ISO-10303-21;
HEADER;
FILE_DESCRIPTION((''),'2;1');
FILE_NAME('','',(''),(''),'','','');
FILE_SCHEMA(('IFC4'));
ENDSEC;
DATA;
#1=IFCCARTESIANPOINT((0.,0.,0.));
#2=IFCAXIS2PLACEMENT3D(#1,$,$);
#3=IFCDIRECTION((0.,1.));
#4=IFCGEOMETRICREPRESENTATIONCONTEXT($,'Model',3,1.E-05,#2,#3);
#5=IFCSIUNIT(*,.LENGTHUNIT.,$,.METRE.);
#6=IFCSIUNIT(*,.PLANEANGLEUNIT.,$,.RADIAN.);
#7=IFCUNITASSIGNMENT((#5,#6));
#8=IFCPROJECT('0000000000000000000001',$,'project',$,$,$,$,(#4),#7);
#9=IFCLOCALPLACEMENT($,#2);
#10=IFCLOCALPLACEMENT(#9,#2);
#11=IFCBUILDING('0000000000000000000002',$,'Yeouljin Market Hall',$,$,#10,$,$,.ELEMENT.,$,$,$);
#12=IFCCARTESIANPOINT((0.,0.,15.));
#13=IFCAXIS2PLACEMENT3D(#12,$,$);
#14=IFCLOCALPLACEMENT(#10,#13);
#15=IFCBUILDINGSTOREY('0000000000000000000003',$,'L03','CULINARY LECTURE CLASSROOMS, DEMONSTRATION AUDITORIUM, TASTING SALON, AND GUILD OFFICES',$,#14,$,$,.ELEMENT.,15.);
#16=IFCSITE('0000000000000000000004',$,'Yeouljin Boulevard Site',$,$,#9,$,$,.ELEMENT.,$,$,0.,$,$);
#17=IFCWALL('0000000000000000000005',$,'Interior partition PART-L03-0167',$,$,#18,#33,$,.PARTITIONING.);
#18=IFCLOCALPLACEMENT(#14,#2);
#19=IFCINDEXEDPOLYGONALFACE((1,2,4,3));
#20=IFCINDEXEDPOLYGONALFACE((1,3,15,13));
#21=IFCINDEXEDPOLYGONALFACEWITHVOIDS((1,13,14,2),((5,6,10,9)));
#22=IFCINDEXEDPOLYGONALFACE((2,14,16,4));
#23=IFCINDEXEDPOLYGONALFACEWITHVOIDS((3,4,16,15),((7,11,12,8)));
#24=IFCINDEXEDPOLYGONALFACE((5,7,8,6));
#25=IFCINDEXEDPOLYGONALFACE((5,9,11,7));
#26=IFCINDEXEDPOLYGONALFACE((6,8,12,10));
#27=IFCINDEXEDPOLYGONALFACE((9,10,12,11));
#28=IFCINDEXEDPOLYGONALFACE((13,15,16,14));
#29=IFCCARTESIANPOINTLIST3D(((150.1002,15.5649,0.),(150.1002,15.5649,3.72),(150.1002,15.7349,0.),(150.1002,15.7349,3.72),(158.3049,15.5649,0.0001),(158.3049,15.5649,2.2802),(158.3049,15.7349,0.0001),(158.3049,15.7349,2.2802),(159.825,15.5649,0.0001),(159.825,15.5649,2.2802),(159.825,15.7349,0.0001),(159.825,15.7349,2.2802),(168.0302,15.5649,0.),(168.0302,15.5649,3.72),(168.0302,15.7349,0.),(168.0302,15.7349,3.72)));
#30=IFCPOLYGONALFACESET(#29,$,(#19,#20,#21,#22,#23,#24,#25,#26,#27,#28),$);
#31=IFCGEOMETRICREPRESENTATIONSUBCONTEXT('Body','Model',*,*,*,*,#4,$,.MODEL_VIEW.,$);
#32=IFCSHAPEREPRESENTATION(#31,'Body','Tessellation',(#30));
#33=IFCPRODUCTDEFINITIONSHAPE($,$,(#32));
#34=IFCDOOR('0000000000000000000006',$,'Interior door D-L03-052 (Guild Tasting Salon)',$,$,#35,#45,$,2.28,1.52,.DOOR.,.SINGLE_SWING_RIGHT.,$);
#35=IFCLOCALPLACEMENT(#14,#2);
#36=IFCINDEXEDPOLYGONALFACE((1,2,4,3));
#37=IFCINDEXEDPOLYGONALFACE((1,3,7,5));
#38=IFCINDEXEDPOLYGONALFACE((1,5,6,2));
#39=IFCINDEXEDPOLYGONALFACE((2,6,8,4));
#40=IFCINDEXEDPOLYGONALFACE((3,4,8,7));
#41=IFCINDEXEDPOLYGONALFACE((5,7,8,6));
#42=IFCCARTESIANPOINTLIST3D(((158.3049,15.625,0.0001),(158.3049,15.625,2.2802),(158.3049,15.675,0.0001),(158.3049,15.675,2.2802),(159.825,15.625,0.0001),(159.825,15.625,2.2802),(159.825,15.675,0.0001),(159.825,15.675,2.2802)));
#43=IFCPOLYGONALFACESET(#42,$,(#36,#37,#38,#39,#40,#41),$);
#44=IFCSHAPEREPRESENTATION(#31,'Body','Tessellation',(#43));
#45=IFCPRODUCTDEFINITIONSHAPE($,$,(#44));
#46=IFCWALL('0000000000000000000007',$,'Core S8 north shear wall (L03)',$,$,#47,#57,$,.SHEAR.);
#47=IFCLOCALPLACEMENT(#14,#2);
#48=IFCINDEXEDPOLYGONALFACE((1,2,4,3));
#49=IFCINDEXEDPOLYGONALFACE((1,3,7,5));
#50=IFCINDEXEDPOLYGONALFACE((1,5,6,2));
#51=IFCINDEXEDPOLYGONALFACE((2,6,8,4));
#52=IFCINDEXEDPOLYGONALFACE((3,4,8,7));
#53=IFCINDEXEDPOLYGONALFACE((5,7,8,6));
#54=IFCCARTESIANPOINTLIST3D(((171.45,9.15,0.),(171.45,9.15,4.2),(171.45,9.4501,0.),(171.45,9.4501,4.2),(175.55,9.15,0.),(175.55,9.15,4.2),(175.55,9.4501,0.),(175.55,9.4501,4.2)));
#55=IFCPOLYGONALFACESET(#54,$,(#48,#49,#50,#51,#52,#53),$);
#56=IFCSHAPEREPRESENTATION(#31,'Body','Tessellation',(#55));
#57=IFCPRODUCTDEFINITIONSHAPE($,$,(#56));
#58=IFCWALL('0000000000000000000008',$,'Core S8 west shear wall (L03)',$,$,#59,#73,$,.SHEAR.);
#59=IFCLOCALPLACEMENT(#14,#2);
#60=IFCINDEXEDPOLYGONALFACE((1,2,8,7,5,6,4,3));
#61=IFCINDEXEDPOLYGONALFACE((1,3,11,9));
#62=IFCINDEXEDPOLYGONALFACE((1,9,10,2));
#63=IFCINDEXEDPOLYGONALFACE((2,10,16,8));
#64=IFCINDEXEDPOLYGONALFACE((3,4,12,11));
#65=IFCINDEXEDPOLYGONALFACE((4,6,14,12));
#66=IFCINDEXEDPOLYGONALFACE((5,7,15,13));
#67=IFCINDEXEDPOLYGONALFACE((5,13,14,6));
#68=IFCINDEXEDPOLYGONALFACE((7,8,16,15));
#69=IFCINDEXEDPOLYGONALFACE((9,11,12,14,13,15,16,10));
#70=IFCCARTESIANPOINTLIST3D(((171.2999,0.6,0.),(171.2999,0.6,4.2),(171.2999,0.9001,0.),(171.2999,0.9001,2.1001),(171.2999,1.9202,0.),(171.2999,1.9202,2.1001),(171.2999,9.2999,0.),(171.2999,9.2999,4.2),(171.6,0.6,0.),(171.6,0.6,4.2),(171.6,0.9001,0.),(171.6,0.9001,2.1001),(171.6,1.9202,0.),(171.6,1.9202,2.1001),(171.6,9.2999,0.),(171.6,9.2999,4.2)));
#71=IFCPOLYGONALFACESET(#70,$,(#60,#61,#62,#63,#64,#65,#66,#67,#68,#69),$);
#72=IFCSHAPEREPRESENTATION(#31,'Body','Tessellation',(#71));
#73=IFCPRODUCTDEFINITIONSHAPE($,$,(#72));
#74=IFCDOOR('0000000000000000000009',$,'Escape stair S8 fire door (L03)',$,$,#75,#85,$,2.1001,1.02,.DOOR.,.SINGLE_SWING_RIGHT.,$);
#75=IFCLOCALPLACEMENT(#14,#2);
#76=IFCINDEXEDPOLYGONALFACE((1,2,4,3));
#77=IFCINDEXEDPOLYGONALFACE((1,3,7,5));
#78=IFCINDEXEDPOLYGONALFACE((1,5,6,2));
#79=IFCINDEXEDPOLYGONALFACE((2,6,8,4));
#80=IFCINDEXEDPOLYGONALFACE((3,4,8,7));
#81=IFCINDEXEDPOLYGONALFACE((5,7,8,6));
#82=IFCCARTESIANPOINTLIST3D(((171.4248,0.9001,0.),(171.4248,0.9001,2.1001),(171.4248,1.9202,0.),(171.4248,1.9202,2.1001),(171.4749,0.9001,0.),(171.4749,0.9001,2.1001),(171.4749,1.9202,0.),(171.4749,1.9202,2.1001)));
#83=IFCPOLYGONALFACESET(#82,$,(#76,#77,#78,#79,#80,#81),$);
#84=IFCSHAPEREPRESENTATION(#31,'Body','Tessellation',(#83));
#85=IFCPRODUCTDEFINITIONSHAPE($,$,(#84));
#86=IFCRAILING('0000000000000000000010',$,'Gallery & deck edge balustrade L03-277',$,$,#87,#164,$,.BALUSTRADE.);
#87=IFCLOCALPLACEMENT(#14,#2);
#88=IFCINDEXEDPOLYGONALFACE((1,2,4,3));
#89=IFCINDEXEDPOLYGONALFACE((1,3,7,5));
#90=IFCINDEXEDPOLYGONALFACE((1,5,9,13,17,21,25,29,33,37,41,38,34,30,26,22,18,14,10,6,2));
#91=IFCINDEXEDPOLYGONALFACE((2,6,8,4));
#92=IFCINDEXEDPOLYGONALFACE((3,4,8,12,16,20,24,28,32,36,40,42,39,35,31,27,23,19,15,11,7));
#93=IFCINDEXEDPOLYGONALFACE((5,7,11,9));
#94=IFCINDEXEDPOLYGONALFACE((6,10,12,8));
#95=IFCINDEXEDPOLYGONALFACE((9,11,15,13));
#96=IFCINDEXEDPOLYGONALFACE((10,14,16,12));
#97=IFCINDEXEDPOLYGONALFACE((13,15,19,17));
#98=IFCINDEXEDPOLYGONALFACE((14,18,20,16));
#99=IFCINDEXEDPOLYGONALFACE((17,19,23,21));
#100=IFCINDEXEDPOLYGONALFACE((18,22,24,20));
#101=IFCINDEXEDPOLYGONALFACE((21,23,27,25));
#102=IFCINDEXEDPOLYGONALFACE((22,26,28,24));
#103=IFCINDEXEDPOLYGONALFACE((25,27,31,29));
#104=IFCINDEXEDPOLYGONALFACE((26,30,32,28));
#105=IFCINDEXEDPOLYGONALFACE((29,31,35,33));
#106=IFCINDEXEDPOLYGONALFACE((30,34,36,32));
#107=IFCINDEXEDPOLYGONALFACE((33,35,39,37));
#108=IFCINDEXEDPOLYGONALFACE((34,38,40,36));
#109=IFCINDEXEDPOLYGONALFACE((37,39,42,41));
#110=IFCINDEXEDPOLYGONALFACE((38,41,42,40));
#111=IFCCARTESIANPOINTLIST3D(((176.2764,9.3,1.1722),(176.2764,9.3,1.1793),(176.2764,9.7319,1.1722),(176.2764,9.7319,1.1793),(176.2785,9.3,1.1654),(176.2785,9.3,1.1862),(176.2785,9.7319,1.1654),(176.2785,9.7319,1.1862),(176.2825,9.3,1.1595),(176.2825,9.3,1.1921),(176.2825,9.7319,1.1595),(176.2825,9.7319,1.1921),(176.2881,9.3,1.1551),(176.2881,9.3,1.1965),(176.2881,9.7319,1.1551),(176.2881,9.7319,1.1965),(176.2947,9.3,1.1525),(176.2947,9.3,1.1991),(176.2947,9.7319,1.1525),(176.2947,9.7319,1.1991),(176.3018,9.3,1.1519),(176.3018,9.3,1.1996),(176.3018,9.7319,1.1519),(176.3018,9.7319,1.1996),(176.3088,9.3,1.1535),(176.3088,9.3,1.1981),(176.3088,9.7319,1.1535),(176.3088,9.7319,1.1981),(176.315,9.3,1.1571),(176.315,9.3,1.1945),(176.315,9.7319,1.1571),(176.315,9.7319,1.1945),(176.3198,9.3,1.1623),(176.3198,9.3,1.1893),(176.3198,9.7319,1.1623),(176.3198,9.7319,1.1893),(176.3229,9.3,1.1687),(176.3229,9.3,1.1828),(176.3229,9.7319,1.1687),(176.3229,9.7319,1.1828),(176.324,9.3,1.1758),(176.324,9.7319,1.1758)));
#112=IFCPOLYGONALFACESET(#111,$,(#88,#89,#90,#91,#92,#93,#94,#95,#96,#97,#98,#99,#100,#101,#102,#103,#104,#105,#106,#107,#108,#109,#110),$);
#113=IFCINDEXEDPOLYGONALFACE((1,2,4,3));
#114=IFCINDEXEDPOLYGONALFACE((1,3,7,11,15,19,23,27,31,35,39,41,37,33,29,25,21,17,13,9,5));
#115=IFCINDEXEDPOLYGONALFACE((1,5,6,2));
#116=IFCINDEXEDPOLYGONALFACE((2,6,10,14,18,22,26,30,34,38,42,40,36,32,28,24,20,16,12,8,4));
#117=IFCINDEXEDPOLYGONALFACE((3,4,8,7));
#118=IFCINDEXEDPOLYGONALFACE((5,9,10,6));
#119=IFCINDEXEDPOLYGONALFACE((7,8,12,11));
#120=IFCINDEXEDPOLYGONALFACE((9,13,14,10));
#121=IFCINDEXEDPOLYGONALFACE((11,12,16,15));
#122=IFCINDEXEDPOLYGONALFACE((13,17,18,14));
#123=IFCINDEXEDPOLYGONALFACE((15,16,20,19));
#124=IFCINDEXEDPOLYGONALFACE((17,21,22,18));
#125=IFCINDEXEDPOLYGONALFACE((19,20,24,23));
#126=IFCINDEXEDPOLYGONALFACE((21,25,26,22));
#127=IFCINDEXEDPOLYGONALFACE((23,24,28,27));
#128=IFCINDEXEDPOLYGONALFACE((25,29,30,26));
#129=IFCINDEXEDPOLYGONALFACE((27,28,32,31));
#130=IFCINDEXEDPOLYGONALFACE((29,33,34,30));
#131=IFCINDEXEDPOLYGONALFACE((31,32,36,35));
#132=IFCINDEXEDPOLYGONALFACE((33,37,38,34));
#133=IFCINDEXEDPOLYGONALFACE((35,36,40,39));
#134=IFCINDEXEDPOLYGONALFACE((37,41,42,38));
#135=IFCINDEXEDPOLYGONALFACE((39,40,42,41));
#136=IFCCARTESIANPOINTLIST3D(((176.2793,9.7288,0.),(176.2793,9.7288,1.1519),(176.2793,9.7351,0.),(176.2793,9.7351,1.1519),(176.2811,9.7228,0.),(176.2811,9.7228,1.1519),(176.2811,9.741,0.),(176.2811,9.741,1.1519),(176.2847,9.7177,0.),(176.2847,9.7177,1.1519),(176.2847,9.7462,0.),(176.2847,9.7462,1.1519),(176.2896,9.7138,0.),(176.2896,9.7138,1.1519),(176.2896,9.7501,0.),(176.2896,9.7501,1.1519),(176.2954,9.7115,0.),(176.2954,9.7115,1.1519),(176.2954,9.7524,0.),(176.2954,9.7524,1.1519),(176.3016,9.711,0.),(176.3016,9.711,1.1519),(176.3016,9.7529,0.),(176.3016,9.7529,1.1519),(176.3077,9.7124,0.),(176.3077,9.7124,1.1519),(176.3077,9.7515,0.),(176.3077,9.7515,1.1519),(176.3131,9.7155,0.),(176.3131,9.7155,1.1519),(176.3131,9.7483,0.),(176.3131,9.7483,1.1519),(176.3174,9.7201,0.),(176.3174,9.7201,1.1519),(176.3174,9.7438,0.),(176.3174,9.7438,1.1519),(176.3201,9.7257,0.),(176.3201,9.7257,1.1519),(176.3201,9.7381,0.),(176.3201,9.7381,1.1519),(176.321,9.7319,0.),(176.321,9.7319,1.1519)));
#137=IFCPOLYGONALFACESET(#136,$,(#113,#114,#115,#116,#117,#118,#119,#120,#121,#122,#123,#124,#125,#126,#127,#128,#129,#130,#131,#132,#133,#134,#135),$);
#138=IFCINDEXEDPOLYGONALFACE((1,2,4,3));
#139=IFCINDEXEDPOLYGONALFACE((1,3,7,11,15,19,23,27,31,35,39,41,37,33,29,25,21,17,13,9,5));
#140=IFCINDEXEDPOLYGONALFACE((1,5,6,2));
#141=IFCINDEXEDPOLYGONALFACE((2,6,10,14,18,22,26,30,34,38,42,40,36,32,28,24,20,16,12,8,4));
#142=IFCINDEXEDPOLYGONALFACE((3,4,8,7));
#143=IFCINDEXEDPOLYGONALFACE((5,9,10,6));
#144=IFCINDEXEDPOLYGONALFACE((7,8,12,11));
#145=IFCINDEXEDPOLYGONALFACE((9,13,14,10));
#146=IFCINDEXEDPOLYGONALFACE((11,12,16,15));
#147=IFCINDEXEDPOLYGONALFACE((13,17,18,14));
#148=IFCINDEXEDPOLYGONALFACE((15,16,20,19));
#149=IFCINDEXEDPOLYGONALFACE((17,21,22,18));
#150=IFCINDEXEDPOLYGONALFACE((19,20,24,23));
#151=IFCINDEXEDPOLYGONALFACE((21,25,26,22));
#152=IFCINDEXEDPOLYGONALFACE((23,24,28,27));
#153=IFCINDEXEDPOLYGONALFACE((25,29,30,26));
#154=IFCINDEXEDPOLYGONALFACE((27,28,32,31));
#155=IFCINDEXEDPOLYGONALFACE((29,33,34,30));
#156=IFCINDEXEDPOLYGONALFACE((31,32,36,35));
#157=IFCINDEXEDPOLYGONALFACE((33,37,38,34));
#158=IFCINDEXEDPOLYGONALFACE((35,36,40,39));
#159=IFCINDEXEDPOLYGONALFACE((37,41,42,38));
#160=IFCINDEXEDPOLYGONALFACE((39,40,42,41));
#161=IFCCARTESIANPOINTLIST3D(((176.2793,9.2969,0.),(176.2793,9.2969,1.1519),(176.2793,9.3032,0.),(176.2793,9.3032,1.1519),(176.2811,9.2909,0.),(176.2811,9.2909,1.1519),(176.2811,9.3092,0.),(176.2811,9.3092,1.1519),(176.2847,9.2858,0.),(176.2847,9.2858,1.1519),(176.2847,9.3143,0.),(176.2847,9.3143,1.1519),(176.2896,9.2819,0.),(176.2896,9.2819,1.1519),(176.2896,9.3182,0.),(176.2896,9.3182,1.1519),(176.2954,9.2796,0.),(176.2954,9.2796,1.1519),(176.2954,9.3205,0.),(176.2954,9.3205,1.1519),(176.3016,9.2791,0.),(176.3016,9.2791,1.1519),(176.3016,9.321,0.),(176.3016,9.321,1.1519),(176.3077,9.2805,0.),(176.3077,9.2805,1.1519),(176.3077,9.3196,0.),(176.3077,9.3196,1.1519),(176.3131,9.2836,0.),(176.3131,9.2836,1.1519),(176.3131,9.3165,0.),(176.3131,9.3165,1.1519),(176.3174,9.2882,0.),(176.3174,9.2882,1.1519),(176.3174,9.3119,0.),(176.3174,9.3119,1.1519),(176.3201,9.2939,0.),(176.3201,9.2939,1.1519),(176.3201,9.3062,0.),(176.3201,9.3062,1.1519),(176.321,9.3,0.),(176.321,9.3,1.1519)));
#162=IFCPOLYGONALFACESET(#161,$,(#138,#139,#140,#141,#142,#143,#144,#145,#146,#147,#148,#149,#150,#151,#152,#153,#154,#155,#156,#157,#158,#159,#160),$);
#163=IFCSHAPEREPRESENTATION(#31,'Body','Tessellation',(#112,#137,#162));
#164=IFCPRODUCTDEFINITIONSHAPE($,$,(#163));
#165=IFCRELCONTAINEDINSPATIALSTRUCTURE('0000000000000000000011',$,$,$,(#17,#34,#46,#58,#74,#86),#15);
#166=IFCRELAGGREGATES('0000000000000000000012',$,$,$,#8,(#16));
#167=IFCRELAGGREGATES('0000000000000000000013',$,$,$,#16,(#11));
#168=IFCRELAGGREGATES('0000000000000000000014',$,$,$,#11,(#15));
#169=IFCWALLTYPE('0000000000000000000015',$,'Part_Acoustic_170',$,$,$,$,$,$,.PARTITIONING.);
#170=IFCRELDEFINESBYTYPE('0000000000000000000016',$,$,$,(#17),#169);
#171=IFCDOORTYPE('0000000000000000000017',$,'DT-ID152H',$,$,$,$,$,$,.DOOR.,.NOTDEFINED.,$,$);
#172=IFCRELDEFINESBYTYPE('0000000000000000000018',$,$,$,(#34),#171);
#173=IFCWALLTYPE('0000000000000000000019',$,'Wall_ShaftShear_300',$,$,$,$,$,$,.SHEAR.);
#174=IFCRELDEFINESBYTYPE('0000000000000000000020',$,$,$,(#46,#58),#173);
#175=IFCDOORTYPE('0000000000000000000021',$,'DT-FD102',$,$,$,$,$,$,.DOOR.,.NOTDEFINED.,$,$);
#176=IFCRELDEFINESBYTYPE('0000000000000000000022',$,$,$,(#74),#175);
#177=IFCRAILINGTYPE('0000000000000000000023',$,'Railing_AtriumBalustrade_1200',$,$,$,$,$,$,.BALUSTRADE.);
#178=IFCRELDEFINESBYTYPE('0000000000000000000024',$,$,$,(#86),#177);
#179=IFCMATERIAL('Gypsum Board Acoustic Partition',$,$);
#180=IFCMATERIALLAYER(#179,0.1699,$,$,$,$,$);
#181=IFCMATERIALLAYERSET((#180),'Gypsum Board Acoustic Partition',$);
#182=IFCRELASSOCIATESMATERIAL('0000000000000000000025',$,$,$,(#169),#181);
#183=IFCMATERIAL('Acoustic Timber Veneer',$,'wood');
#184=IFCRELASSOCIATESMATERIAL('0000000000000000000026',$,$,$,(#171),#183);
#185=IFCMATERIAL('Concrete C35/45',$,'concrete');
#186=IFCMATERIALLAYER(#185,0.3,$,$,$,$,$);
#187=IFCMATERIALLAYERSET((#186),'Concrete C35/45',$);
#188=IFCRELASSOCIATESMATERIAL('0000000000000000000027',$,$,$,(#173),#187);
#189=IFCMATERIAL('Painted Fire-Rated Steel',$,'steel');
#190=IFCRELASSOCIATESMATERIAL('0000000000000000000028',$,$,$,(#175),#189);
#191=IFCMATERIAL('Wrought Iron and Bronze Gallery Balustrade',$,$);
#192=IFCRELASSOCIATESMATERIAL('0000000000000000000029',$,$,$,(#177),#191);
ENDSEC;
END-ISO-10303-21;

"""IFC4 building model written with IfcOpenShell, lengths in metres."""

from ifc_helpers import new_model, si_unit, direction, frame, frame_2d, origin, origin_2d, place, context, subcontext, project, spatial, rectangle, circle, extrude, material, layer, layer_set, type_object, element, fill, save


model = new_model("IFC4")

# Units and contexts
model_context = context("Model", 3, precision=1e-05, world=origin(), true_north=direction((0.0, 1.0)))
body_context = subcontext(model_context, "Body", "Model", "MODEL_VIEW")
ifc_project = project(units=[si_unit("LENGTHUNIT", "METRE"), si_unit("PLANEANGLEUNIT", "RADIAN")], contexts=[model_context])

# Site, building, storey
site_placement = place(None, origin())
site = spatial("IfcSite", under=ifc_project, at=site_placement, Name="Yeouljin Boulevard Site", CompositionType="ELEMENT", RefElevation=0.0)
building_placement = place(site_placement, origin())
building = spatial("IfcBuilding", under=site, at=building_placement, Name="Yeouljin Market Hall", CompositionType="ELEMENT")
storey_placement = place(building_placement, frame((0.0, 0.0, 15.0)))
storey = spatial("IfcBuildingStorey", under=building, at=storey_placement, Name="L03", Description="CULINARY LECTURE CLASSROOMS, DEMONSTRATION AUDITORIUM, TASTING SALON, AND GUILD OFFICES", CompositionType="ELEMENT", Elevation=15.0)

# Wall, opening, door
ifc_material_1 = material(Name="Gypsum Board Acoustic Partition")
ifc_layer_1 = layer(ifc_material_1, 0.1699)
ifc_layer_set_1 = layer_set([ifc_layer_1], Name="Gypsum Board Acoustic Partition")
wall_type_1 = type_object("IfcWallType", Name="Part_Acoustic_170", PredefinedType="PARTITIONING", material=ifc_layer_set_1)
wall_1_placement = place(storey_placement, frame((168.03, 15.6499, 0.0), z_axis=(0.0, 0.0, 1.0), x_axis=(-1.0, 0.0, 0.0)))
wall_1 = element("IfcWall", 1, at=wall_1_placement, inside=storey, type_object=wall_type_1, Name="Interior partition PART-L03-0167", PredefinedType="PARTITIONING", context=body_context, shape_type="SweptSolid", body=[
    extrude(rectangle(XDim=17.9299, YDim=0.1699, at=frame_2d((8.9648, 0.0))), origin(), (0.0, 0.0, 1.0), 3.72),
])
opening_1_placement = place(wall_1_placement, frame((8.2051, 0.0, 0.0)))
opening_1 = element("IfcOpeningElement", 2, at=opening_1_placement, cuts=wall_1, PredefinedType="OPENING", context=body_context, shape_type="SweptSolid", body=[
    extrude(rectangle(XDim=1.52, YDim=2.28, at=frame_2d((0.76, 1.1401))), frame((0.0, 0.095, 0.0), z_axis=(0.0, -1.0, 0.0), x_axis=(1.0, 0.0, 0.0)), (0.0, 0.0, 1.0), 0.1899),
])
ifc_material_2 = material(Name="Acoustic Timber Veneer", Category="wood")
door_type_1 = type_object("IfcDoorType", Name="DT-ID152H", OperationType="NOTDEFINED", PredefinedType="DOOR", material=ifc_material_2)
door_1_placement = place(opening_1_placement, origin())
door_1 = element("IfcDoor", 3, at=door_1_placement, inside=storey, type_object=door_type_1, Name="Interior door D-L03-052 (Guild Tasting Salon)", OperationType="SINGLE_SWING_RIGHT", OverallHeight=2.28, OverallWidth=1.52, PredefinedType="DOOR", context=body_context, shape_type="SweptSolid", body=[
    extrude(rectangle(XDim=1.52, YDim=2.28, at=frame_2d((0.76, 1.1401))), frame((0.0, 0.0249, 0.0), z_axis=(0.0, -1.0, 0.0), x_axis=(1.0, 0.0, 0.0)), (0.0, 0.0, 1.0), 0.05),
])
fill(opening_1, door_1)

# Wall
ifc_material_3 = material(Name="Concrete C35/45", Category="concrete")
ifc_layer_2 = layer(ifc_material_3, 0.3)
ifc_layer_set_2 = layer_set([ifc_layer_2], Name="Concrete C35/45")
wall_type_2 = type_object("IfcWallType", Name="Wall_ShaftShear_300", PredefinedType="SHEAR", material=ifc_layer_set_2)
wall_2_placement = place(storey_placement, frame((175.55, 9.3, 0.0), z_axis=(0.0, 0.0, 1.0), x_axis=(-1.0, 0.0, 0.0)))
element("IfcWall", 4, at=wall_2_placement, inside=storey, type_object=wall_type_2, Name="Core S8 north shear wall (L03)", PredefinedType="SHEAR", context=body_context, shape_type="SweptSolid", body=[
    extrude(rectangle(XDim=4.1001, YDim=0.3, at=frame_2d((2.05, 0.0))), origin(), (0.0, 0.0, 1.0), 4.2),
])

# Wall, opening, door
wall_3_placement = place(storey_placement, frame((171.45, 9.3, 0.0), z_axis=(0.0, 0.0, 1.0), x_axis=(0.0, -1.0, 0.0)))
wall_3 = element("IfcWall", 5, at=wall_3_placement, inside=storey, type_object=wall_type_2, Name="Core S8 west shear wall (L03)", PredefinedType="SHEAR", context=body_context, shape_type="SweptSolid", body=[
    extrude(rectangle(XDim=8.7, YDim=0.3, at=frame_2d((4.3501, 0.0))), origin(), (0.0, 0.0, 1.0), 4.2),
])
opening_2_placement = place(wall_3_placement, frame((7.3799, 0.0, 0.0)))
opening_2 = element("IfcOpeningElement", 6, at=opening_2_placement, cuts=wall_3, PredefinedType="OPENING", context=body_context, shape_type="SweptSolid", body=[
    extrude(rectangle(XDim=1.02, YDim=2.1001, at=frame_2d((0.51, 1.05))), frame((0.0, 0.1599, 0.0), z_axis=(0.0, -1.0, 0.0), x_axis=(1.0, 0.0, 0.0)), (0.0, 0.0, 1.0), 0.3201),
])
ifc_material_4 = material(Name="Painted Fire-Rated Steel", Category="steel")
door_type_2 = type_object("IfcDoorType", Name="DT-FD102", OperationType="NOTDEFINED", PredefinedType="DOOR", material=ifc_material_4)
door_2_placement = place(opening_2_placement, origin())
door_2 = element("IfcDoor", 7, at=door_2_placement, inside=storey, type_object=door_type_2, Name="Escape stair S8 fire door (L03)", OperationType="SINGLE_SWING_RIGHT", OverallHeight=2.1001, OverallWidth=1.02, PredefinedType="DOOR", context=body_context, shape_type="SweptSolid", body=[
    extrude(rectangle(XDim=1.02, YDim=2.1001, at=frame_2d((0.51, 1.05))), frame((0.0, 0.0249, 0.0), z_axis=(0.0, -1.0, 0.0), x_axis=(1.0, 0.0, 0.0)), (0.0, 0.0, 1.0), 0.05),
])
fill(opening_2, door_2)

# Railing
ifc_material_5 = material(Name="Wrought Iron and Bronze Gallery Balustrade")
railing_type = type_object("IfcRailingType", Name="Railing_AtriumBalustrade_1200", PredefinedType="BALUSTRADE", material=ifc_material_5)
railing_placement = place(storey_placement, frame((176.3, 9.7319, 0.0)))
element("IfcRailing", 8, at=railing_placement, inside=storey, type_object=railing_type, Name="Gallery & deck edge balustrade L03-277", PredefinedType="BALUSTRADE", context=body_context, shape_type="SweptSolid", body=[
    extrude(circle(Radius=0.0239, at=origin_2d()), frame((0.0, 0.0, 1.1758), z_axis=(0.0, -1.0, 0.0), x_axis=(1.0, 0.0, 0.0)), (0.0, 0.0, 1.0), 0.4319),
    extrude(circle(Radius=0.021, at=origin_2d()), origin(), (0.0, 0.0, 1.0), 1.1519),
    extrude(circle(Radius=0.021, at=origin_2d()), frame((0.0, -0.4319, 0.0)), (0.0, 0.0, 1.0), 1.1519),
])

save(model, "model.ifc")
